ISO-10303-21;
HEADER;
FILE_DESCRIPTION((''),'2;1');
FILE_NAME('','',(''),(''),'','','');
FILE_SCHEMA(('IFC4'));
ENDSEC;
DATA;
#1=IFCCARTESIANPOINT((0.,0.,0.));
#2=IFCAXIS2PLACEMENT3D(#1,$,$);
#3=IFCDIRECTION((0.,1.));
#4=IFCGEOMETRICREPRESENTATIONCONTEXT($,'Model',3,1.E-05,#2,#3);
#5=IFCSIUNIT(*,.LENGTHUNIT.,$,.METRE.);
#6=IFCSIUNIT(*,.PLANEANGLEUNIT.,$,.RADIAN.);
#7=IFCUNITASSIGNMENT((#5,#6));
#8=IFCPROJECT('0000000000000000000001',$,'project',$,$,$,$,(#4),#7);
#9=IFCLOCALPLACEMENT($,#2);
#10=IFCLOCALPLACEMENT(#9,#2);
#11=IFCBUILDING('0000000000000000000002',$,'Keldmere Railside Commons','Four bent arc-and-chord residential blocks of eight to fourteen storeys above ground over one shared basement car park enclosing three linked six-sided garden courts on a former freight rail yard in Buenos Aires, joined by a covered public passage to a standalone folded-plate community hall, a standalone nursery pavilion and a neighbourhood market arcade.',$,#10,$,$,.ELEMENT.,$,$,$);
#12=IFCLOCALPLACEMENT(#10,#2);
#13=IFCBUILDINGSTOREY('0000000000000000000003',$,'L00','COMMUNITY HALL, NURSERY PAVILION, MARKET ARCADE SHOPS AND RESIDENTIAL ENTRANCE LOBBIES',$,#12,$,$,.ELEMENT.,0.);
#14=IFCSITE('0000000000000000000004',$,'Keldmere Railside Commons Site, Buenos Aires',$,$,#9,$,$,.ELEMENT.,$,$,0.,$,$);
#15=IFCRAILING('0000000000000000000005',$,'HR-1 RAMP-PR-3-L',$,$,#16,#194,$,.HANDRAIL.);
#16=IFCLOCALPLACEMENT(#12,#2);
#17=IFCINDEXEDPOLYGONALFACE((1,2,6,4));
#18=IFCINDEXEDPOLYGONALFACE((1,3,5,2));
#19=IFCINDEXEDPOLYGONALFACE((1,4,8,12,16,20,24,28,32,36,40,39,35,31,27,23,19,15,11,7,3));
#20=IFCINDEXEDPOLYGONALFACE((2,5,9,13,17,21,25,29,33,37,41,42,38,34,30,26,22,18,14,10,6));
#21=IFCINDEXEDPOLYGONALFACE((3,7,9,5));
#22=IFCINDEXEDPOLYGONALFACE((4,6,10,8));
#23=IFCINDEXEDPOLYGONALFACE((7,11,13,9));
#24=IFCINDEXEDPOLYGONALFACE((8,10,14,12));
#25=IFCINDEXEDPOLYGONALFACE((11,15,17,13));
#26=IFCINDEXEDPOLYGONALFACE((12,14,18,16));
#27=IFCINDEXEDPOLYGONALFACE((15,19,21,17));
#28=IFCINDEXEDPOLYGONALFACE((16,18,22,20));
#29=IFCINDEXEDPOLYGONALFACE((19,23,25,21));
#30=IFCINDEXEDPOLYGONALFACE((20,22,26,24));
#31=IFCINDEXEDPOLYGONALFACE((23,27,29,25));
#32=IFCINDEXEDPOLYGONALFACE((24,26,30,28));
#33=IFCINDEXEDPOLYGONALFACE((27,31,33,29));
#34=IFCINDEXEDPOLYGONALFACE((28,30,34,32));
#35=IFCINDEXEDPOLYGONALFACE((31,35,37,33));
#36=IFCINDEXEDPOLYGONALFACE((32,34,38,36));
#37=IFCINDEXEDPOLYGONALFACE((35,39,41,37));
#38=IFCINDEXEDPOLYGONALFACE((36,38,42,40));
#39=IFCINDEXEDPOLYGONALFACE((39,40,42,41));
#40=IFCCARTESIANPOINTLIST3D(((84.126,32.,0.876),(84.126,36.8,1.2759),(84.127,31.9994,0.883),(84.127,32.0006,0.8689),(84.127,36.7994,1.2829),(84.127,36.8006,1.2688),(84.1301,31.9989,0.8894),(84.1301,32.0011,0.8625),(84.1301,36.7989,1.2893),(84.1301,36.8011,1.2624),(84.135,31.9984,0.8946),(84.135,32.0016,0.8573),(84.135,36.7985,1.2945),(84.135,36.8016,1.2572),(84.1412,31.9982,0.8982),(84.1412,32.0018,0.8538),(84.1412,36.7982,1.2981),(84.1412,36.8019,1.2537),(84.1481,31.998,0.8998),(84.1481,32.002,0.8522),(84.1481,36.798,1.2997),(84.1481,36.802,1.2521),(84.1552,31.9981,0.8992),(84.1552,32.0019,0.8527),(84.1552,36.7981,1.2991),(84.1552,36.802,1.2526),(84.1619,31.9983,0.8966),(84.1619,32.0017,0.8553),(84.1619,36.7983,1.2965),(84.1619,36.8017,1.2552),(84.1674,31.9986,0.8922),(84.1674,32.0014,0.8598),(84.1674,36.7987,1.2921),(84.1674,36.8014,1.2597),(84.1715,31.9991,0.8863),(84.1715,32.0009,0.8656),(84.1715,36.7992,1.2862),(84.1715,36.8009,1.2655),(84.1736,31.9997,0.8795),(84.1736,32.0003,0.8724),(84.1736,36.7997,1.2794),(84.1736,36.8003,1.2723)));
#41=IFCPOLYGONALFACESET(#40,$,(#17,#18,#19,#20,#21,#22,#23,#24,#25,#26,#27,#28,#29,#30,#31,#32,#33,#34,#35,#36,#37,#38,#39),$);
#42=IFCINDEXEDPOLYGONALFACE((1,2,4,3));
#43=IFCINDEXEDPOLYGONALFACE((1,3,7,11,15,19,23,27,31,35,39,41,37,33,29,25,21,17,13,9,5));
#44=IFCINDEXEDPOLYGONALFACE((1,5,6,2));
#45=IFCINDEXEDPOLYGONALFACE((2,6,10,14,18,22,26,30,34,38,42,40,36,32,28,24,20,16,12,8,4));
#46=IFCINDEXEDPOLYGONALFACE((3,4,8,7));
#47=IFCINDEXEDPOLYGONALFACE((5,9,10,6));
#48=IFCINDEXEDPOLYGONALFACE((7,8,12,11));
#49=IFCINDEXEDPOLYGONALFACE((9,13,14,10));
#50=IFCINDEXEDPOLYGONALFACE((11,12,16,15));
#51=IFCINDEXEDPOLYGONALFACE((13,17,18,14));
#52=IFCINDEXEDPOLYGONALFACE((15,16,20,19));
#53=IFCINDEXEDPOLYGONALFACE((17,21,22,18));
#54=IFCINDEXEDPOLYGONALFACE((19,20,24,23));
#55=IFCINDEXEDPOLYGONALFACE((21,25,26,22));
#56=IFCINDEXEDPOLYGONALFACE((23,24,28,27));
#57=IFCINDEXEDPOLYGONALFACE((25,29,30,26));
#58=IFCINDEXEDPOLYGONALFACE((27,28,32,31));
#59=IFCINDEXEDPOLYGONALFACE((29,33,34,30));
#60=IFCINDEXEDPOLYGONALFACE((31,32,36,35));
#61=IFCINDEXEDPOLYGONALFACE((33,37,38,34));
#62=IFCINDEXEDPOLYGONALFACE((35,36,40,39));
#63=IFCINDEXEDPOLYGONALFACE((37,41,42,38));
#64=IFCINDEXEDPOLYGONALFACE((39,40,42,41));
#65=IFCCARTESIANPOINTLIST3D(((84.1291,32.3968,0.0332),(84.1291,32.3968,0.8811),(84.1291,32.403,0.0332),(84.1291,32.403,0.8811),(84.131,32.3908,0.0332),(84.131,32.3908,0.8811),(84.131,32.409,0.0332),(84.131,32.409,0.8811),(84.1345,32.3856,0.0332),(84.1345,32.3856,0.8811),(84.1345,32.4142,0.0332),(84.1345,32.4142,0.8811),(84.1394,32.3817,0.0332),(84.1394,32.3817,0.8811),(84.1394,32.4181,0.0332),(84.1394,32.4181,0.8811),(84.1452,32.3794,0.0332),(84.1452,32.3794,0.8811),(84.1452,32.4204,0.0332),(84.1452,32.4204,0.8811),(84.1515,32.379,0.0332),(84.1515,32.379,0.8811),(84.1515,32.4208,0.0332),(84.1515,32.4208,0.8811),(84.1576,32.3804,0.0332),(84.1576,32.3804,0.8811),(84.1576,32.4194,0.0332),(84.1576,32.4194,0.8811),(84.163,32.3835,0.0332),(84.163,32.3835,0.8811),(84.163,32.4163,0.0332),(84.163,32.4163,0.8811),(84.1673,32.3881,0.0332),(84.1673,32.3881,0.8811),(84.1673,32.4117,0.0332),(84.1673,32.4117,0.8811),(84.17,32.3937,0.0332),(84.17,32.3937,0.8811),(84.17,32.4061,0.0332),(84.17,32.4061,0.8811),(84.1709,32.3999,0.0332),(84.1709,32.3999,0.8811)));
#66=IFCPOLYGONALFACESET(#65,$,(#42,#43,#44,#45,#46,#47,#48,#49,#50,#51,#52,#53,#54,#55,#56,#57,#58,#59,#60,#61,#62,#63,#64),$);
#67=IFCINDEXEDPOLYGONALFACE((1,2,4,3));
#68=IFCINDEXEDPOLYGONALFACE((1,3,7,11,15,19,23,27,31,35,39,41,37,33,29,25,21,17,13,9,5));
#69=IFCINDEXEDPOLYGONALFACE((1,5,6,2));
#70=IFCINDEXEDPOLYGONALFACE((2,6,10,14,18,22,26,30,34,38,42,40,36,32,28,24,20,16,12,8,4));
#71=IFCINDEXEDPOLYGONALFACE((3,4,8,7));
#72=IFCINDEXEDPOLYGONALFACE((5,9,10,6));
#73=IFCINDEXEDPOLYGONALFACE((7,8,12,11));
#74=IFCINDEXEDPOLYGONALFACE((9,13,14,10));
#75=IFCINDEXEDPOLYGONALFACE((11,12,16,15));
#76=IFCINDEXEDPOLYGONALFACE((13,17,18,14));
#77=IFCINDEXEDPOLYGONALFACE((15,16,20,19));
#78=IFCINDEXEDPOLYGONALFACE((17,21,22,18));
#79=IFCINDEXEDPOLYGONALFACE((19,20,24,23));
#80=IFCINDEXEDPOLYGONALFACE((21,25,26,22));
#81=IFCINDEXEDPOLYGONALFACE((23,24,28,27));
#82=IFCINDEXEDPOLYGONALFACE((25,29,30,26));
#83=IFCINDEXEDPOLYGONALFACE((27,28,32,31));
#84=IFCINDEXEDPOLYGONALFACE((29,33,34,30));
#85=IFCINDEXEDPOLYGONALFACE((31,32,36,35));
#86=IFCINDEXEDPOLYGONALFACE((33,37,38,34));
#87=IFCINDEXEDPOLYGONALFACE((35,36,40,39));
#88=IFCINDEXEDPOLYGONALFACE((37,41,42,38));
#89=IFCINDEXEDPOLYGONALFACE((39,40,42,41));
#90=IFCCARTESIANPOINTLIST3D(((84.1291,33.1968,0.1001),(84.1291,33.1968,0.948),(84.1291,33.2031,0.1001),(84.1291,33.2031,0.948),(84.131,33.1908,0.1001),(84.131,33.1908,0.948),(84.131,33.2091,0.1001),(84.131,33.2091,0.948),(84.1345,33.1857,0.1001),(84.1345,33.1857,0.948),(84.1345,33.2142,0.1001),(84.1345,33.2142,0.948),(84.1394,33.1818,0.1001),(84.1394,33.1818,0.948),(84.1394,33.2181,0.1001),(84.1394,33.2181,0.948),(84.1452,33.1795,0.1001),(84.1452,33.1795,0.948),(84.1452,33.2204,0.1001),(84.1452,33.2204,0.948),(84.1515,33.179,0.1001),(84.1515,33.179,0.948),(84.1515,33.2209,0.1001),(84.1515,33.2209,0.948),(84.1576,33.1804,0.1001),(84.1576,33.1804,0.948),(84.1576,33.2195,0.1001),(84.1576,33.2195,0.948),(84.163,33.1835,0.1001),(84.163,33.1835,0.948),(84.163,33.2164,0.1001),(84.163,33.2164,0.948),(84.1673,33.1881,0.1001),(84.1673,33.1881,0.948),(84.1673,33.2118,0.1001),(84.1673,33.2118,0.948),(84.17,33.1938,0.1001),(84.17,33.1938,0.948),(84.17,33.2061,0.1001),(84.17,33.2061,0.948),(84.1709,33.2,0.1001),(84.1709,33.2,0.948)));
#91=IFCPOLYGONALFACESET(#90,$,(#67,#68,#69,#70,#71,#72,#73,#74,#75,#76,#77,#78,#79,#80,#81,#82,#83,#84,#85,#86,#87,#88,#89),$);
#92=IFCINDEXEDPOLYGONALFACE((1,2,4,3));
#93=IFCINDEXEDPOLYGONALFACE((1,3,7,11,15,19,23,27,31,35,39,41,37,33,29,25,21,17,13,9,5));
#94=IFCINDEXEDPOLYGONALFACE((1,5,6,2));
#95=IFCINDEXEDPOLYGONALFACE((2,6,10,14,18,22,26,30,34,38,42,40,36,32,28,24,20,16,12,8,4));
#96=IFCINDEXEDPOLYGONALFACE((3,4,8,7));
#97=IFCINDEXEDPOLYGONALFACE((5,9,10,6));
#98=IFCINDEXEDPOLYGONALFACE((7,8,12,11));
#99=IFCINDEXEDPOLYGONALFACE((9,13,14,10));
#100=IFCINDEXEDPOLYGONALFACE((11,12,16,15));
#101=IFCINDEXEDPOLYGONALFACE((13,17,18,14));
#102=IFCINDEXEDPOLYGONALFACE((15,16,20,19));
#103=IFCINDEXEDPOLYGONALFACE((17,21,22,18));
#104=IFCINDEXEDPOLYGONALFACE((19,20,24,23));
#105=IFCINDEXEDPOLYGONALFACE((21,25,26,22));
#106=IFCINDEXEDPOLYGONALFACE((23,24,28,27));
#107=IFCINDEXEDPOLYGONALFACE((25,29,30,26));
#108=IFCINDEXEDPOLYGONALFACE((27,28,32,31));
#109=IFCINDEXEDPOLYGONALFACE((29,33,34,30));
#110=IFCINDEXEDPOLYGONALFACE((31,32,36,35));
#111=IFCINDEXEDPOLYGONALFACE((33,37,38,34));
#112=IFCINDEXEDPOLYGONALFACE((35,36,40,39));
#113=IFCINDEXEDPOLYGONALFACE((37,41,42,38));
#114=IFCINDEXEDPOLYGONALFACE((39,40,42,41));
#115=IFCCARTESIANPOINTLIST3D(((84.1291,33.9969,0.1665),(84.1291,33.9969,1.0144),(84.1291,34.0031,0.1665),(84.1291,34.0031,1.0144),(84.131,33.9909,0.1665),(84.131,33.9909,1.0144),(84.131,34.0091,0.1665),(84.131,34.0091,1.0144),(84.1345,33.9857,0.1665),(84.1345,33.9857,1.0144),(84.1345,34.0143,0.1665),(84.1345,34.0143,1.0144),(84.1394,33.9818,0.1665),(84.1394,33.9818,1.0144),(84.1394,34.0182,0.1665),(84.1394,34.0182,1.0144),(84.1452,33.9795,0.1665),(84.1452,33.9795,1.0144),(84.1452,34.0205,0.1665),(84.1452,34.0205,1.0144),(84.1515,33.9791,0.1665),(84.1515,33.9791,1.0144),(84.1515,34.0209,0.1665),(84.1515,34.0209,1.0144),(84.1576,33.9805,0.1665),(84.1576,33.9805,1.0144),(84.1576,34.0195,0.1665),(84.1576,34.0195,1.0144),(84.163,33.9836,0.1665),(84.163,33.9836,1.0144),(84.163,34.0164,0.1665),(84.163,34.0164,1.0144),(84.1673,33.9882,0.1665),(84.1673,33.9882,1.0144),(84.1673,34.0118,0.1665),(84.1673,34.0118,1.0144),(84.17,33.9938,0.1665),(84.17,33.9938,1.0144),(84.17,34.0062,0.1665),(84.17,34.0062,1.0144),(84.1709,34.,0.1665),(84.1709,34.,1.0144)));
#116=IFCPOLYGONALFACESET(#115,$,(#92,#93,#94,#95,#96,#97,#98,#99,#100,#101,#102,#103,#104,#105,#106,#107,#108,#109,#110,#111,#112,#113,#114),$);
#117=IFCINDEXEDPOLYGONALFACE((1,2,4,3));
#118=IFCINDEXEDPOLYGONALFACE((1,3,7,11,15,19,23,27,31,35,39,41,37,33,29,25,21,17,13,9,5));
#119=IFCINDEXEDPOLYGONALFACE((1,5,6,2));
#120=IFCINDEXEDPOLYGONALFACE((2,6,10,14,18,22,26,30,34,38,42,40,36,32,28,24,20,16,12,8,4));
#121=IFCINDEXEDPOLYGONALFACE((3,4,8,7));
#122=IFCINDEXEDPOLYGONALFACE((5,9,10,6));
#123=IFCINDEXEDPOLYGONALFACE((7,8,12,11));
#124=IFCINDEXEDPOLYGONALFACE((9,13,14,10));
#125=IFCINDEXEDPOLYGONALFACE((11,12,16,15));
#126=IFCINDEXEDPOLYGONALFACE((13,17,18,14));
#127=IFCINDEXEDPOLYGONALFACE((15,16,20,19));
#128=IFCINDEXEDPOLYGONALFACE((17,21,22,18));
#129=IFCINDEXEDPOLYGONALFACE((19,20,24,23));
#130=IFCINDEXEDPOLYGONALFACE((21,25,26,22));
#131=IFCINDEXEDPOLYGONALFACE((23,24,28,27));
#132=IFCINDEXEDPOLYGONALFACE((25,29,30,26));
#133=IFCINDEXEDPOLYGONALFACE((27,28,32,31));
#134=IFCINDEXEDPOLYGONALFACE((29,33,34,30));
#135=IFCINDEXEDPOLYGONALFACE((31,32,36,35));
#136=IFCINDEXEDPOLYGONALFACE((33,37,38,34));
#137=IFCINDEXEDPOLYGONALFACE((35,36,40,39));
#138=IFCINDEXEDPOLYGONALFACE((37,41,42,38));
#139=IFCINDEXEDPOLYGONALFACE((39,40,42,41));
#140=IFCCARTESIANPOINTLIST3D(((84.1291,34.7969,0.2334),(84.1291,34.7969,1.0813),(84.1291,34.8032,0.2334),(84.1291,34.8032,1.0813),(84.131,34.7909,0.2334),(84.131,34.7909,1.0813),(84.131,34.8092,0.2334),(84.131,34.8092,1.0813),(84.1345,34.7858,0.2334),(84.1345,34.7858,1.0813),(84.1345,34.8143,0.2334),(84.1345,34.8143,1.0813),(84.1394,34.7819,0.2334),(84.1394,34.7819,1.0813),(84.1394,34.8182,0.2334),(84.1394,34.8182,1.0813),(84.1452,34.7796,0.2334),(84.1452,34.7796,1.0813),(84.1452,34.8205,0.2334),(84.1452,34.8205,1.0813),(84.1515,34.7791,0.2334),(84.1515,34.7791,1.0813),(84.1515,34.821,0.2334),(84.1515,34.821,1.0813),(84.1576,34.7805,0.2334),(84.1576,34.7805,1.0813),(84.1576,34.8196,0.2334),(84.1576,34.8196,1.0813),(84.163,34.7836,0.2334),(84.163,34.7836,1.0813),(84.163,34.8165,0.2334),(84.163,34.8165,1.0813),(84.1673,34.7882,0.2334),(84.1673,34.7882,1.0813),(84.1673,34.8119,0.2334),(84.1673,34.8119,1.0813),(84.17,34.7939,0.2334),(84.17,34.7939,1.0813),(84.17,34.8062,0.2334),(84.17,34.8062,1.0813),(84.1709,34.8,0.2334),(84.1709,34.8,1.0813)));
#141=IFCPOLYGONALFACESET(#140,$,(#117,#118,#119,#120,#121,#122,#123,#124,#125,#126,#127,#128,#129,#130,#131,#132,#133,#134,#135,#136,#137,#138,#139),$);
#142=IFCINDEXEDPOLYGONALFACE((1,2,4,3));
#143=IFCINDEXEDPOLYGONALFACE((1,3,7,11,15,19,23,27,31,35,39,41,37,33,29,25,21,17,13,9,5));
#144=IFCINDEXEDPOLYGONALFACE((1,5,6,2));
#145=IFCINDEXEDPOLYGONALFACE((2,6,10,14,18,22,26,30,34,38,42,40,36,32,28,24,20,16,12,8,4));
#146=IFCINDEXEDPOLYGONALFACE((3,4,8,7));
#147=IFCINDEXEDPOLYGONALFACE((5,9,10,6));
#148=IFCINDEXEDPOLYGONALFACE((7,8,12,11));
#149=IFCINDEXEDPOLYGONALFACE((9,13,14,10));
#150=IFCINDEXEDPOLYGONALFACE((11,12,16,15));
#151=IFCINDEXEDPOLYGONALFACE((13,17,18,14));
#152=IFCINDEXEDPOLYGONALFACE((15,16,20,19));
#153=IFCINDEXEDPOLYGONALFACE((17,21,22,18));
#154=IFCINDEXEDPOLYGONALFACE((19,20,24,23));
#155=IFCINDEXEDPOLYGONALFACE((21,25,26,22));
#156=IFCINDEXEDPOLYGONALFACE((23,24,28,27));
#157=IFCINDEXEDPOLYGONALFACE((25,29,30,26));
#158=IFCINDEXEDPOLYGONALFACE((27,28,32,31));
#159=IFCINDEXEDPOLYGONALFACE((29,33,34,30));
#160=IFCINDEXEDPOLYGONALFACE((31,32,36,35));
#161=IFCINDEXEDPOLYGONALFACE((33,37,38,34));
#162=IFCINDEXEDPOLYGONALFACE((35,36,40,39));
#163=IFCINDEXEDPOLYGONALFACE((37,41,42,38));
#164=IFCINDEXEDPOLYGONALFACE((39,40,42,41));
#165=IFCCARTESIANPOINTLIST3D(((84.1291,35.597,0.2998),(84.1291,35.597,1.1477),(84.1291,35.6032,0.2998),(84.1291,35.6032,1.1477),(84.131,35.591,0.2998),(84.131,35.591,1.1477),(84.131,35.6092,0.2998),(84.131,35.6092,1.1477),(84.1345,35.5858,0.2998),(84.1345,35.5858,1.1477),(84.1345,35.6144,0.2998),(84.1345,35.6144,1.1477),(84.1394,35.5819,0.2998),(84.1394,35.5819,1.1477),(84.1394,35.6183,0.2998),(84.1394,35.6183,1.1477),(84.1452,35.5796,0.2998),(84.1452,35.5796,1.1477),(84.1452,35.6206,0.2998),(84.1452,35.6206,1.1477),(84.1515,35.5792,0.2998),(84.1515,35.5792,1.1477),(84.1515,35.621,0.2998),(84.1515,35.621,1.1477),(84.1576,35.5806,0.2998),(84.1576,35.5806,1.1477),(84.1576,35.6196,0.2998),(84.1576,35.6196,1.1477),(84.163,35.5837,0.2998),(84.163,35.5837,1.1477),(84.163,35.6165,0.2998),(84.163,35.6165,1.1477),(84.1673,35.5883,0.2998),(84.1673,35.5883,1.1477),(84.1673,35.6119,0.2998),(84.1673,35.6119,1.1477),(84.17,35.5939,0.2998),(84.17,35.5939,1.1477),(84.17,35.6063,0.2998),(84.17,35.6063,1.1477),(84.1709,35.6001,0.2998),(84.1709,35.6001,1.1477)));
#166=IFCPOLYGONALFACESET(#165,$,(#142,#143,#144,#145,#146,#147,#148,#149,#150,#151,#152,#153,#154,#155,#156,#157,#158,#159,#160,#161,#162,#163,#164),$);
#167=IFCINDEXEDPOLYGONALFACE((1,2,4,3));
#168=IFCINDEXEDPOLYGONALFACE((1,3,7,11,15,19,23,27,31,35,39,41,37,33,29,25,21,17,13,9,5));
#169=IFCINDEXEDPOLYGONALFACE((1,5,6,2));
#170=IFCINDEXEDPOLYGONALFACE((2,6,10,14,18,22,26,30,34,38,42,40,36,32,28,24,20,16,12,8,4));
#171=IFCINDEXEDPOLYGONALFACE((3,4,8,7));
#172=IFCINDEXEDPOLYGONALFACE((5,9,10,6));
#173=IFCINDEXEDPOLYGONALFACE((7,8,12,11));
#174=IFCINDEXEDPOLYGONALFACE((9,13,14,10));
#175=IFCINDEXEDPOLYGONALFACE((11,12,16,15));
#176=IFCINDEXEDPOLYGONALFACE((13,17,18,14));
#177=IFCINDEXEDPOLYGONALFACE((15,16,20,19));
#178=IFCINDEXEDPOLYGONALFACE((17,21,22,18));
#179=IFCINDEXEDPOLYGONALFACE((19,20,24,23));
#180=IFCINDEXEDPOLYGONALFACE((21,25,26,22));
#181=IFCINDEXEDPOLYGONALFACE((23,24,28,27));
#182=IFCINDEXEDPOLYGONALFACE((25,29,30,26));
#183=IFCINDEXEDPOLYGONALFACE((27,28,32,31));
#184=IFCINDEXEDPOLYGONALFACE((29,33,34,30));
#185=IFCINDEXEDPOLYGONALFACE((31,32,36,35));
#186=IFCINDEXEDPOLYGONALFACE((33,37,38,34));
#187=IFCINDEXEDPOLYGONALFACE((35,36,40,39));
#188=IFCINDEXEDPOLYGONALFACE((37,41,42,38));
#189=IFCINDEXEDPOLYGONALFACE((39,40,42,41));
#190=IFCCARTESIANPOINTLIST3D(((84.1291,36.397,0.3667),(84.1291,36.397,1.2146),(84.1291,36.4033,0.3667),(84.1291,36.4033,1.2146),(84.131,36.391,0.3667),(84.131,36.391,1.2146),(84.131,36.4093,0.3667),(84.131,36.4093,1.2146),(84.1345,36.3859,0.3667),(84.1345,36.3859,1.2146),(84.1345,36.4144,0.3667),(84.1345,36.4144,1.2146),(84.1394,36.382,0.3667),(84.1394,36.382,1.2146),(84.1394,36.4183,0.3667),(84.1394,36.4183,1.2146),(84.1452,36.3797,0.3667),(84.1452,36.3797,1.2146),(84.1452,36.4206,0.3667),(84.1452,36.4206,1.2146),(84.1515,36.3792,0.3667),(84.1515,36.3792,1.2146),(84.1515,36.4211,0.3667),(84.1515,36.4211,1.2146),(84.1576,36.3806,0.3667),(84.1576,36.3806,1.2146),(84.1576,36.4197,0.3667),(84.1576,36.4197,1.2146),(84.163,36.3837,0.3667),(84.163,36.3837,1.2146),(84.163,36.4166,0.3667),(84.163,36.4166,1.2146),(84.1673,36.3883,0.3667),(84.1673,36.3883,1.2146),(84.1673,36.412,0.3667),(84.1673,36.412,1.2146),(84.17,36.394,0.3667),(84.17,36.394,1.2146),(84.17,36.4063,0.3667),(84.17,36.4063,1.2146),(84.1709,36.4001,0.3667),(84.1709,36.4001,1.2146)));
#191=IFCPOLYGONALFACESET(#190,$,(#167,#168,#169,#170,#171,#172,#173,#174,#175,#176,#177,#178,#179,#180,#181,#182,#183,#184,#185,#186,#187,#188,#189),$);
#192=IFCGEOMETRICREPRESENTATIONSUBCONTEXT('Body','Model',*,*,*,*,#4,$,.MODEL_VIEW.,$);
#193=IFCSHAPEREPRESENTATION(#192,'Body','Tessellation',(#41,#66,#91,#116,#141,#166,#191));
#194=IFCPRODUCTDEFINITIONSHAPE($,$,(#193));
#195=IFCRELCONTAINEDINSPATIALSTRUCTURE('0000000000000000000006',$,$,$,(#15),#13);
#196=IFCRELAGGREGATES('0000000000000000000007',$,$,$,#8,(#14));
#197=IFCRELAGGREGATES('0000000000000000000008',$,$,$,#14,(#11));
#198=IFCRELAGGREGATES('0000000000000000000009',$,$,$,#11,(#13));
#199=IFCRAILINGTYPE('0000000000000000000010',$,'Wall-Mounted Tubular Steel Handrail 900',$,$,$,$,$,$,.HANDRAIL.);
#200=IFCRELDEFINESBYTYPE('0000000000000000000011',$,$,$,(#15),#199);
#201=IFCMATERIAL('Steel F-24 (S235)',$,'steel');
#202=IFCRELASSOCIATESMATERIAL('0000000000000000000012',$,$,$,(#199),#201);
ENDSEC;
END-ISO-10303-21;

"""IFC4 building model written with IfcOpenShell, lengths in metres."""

from ifc_helpers import new_model, si_unit, direction, frame, origin, origin_2d, place, context, subcontext, project, spatial, circle, extrude, material, type_object, element, save


model = new_model("IFC4")

# Units and contexts
model_context = context("Model", 3, precision=1e-05, world=origin(), true_north=direction((0.0, 1.0)))
body_context = subcontext(model_context, "Body", "Model", "MODEL_VIEW")
ifc_project = project(units=[si_unit("LENGTHUNIT", "METRE"), si_unit("PLANEANGLEUNIT", "RADIAN")], contexts=[model_context])

# Site, building, storey
site_placement = place(None, origin())
site = spatial("IfcSite", under=ifc_project, at=site_placement, Name="Keldmere Railside Commons Site, Buenos Aires", CompositionType="ELEMENT", RefElevation=0.0)
building_placement = place(site_placement, origin())
building = spatial("IfcBuilding", under=site, at=building_placement, Name="Keldmere Railside Commons", Description="Four bent arc-and-chord residential blocks of eight to fourteen storeys above ground over one shared basement car park enclosing three linked six-sided garden courts on a former freight rail yard in Buenos Aires, joined by a covered public passage to a standalone folded-plate community hall, a standalone nursery pavilion and a neighbourhood market arcade.", CompositionType="ELEMENT")
storey_placement = place(building_placement, origin())
storey = spatial("IfcBuildingStorey", under=building, at=storey_placement, Name="L00", Description="COMMUNITY HALL, NURSERY PAVILION, MARKET ARCADE SHOPS AND RESIDENTIAL ENTRANCE LOBBIES", CompositionType="ELEMENT", Elevation=0.0)

# Railing
ifc_material_1 = material(Name="Steel F-24 (S235)", Category="steel")
railing_type_1 = type_object("IfcRailingType", Name="Wall-Mounted Tubular Steel Handrail 900", PredefinedType="HANDRAIL", material=ifc_material_1)
for number, where, name in (
    (1, (84.1499, 32.0, 0.0), "HR-1 RAMP-PR-3-L"),
):
    element("IfcRailing", number, at=place(storey_placement, frame(where)), inside=storey, type_object=railing_type_1, Name=name, PredefinedType="HANDRAIL", context=body_context, shape_type="SweptSolid", body=[
        extrude(circle(Radius=0.0239, at=origin_2d()), frame((0.0, 0.0, 0.876), z_axis=(0.0, 0.996548, 0.083025), x_axis=(-1.0, 0.0, 0.0)), (0.0, 0.0, 1.0), 4.8167),
        extrude(circle(Radius=0.021, at=origin_2d()), frame((0.0, 0.3999, 0.0332)), (0.0, 0.0, 1.0), 0.8479),
        extrude(circle(Radius=0.021, at=origin_2d()), frame((0.0, 1.2, 0.1001)), (0.0, 0.0, 1.0), 0.8479),
        extrude(circle(Radius=0.021, at=origin_2d()), frame((0.0, 2.0, 0.1665)), (0.0, 0.0, 1.0), 0.8479),
        extrude(circle(Radius=0.021, at=origin_2d()), frame((0.0, 2.8, 0.2334)), (0.0, 0.0, 1.0), 0.8479),
        extrude(circle(Radius=0.021, at=origin_2d()), frame((0.0, 3.6001, 0.2998)), (0.0, 0.0, 1.0), 0.8479),
        extrude(circle(Radius=0.021, at=origin_2d()), frame((0.0, 4.4001, 0.3667)), (0.0, 0.0, 1.0), 0.8479),
    ])

save(model, "model.ifc")
